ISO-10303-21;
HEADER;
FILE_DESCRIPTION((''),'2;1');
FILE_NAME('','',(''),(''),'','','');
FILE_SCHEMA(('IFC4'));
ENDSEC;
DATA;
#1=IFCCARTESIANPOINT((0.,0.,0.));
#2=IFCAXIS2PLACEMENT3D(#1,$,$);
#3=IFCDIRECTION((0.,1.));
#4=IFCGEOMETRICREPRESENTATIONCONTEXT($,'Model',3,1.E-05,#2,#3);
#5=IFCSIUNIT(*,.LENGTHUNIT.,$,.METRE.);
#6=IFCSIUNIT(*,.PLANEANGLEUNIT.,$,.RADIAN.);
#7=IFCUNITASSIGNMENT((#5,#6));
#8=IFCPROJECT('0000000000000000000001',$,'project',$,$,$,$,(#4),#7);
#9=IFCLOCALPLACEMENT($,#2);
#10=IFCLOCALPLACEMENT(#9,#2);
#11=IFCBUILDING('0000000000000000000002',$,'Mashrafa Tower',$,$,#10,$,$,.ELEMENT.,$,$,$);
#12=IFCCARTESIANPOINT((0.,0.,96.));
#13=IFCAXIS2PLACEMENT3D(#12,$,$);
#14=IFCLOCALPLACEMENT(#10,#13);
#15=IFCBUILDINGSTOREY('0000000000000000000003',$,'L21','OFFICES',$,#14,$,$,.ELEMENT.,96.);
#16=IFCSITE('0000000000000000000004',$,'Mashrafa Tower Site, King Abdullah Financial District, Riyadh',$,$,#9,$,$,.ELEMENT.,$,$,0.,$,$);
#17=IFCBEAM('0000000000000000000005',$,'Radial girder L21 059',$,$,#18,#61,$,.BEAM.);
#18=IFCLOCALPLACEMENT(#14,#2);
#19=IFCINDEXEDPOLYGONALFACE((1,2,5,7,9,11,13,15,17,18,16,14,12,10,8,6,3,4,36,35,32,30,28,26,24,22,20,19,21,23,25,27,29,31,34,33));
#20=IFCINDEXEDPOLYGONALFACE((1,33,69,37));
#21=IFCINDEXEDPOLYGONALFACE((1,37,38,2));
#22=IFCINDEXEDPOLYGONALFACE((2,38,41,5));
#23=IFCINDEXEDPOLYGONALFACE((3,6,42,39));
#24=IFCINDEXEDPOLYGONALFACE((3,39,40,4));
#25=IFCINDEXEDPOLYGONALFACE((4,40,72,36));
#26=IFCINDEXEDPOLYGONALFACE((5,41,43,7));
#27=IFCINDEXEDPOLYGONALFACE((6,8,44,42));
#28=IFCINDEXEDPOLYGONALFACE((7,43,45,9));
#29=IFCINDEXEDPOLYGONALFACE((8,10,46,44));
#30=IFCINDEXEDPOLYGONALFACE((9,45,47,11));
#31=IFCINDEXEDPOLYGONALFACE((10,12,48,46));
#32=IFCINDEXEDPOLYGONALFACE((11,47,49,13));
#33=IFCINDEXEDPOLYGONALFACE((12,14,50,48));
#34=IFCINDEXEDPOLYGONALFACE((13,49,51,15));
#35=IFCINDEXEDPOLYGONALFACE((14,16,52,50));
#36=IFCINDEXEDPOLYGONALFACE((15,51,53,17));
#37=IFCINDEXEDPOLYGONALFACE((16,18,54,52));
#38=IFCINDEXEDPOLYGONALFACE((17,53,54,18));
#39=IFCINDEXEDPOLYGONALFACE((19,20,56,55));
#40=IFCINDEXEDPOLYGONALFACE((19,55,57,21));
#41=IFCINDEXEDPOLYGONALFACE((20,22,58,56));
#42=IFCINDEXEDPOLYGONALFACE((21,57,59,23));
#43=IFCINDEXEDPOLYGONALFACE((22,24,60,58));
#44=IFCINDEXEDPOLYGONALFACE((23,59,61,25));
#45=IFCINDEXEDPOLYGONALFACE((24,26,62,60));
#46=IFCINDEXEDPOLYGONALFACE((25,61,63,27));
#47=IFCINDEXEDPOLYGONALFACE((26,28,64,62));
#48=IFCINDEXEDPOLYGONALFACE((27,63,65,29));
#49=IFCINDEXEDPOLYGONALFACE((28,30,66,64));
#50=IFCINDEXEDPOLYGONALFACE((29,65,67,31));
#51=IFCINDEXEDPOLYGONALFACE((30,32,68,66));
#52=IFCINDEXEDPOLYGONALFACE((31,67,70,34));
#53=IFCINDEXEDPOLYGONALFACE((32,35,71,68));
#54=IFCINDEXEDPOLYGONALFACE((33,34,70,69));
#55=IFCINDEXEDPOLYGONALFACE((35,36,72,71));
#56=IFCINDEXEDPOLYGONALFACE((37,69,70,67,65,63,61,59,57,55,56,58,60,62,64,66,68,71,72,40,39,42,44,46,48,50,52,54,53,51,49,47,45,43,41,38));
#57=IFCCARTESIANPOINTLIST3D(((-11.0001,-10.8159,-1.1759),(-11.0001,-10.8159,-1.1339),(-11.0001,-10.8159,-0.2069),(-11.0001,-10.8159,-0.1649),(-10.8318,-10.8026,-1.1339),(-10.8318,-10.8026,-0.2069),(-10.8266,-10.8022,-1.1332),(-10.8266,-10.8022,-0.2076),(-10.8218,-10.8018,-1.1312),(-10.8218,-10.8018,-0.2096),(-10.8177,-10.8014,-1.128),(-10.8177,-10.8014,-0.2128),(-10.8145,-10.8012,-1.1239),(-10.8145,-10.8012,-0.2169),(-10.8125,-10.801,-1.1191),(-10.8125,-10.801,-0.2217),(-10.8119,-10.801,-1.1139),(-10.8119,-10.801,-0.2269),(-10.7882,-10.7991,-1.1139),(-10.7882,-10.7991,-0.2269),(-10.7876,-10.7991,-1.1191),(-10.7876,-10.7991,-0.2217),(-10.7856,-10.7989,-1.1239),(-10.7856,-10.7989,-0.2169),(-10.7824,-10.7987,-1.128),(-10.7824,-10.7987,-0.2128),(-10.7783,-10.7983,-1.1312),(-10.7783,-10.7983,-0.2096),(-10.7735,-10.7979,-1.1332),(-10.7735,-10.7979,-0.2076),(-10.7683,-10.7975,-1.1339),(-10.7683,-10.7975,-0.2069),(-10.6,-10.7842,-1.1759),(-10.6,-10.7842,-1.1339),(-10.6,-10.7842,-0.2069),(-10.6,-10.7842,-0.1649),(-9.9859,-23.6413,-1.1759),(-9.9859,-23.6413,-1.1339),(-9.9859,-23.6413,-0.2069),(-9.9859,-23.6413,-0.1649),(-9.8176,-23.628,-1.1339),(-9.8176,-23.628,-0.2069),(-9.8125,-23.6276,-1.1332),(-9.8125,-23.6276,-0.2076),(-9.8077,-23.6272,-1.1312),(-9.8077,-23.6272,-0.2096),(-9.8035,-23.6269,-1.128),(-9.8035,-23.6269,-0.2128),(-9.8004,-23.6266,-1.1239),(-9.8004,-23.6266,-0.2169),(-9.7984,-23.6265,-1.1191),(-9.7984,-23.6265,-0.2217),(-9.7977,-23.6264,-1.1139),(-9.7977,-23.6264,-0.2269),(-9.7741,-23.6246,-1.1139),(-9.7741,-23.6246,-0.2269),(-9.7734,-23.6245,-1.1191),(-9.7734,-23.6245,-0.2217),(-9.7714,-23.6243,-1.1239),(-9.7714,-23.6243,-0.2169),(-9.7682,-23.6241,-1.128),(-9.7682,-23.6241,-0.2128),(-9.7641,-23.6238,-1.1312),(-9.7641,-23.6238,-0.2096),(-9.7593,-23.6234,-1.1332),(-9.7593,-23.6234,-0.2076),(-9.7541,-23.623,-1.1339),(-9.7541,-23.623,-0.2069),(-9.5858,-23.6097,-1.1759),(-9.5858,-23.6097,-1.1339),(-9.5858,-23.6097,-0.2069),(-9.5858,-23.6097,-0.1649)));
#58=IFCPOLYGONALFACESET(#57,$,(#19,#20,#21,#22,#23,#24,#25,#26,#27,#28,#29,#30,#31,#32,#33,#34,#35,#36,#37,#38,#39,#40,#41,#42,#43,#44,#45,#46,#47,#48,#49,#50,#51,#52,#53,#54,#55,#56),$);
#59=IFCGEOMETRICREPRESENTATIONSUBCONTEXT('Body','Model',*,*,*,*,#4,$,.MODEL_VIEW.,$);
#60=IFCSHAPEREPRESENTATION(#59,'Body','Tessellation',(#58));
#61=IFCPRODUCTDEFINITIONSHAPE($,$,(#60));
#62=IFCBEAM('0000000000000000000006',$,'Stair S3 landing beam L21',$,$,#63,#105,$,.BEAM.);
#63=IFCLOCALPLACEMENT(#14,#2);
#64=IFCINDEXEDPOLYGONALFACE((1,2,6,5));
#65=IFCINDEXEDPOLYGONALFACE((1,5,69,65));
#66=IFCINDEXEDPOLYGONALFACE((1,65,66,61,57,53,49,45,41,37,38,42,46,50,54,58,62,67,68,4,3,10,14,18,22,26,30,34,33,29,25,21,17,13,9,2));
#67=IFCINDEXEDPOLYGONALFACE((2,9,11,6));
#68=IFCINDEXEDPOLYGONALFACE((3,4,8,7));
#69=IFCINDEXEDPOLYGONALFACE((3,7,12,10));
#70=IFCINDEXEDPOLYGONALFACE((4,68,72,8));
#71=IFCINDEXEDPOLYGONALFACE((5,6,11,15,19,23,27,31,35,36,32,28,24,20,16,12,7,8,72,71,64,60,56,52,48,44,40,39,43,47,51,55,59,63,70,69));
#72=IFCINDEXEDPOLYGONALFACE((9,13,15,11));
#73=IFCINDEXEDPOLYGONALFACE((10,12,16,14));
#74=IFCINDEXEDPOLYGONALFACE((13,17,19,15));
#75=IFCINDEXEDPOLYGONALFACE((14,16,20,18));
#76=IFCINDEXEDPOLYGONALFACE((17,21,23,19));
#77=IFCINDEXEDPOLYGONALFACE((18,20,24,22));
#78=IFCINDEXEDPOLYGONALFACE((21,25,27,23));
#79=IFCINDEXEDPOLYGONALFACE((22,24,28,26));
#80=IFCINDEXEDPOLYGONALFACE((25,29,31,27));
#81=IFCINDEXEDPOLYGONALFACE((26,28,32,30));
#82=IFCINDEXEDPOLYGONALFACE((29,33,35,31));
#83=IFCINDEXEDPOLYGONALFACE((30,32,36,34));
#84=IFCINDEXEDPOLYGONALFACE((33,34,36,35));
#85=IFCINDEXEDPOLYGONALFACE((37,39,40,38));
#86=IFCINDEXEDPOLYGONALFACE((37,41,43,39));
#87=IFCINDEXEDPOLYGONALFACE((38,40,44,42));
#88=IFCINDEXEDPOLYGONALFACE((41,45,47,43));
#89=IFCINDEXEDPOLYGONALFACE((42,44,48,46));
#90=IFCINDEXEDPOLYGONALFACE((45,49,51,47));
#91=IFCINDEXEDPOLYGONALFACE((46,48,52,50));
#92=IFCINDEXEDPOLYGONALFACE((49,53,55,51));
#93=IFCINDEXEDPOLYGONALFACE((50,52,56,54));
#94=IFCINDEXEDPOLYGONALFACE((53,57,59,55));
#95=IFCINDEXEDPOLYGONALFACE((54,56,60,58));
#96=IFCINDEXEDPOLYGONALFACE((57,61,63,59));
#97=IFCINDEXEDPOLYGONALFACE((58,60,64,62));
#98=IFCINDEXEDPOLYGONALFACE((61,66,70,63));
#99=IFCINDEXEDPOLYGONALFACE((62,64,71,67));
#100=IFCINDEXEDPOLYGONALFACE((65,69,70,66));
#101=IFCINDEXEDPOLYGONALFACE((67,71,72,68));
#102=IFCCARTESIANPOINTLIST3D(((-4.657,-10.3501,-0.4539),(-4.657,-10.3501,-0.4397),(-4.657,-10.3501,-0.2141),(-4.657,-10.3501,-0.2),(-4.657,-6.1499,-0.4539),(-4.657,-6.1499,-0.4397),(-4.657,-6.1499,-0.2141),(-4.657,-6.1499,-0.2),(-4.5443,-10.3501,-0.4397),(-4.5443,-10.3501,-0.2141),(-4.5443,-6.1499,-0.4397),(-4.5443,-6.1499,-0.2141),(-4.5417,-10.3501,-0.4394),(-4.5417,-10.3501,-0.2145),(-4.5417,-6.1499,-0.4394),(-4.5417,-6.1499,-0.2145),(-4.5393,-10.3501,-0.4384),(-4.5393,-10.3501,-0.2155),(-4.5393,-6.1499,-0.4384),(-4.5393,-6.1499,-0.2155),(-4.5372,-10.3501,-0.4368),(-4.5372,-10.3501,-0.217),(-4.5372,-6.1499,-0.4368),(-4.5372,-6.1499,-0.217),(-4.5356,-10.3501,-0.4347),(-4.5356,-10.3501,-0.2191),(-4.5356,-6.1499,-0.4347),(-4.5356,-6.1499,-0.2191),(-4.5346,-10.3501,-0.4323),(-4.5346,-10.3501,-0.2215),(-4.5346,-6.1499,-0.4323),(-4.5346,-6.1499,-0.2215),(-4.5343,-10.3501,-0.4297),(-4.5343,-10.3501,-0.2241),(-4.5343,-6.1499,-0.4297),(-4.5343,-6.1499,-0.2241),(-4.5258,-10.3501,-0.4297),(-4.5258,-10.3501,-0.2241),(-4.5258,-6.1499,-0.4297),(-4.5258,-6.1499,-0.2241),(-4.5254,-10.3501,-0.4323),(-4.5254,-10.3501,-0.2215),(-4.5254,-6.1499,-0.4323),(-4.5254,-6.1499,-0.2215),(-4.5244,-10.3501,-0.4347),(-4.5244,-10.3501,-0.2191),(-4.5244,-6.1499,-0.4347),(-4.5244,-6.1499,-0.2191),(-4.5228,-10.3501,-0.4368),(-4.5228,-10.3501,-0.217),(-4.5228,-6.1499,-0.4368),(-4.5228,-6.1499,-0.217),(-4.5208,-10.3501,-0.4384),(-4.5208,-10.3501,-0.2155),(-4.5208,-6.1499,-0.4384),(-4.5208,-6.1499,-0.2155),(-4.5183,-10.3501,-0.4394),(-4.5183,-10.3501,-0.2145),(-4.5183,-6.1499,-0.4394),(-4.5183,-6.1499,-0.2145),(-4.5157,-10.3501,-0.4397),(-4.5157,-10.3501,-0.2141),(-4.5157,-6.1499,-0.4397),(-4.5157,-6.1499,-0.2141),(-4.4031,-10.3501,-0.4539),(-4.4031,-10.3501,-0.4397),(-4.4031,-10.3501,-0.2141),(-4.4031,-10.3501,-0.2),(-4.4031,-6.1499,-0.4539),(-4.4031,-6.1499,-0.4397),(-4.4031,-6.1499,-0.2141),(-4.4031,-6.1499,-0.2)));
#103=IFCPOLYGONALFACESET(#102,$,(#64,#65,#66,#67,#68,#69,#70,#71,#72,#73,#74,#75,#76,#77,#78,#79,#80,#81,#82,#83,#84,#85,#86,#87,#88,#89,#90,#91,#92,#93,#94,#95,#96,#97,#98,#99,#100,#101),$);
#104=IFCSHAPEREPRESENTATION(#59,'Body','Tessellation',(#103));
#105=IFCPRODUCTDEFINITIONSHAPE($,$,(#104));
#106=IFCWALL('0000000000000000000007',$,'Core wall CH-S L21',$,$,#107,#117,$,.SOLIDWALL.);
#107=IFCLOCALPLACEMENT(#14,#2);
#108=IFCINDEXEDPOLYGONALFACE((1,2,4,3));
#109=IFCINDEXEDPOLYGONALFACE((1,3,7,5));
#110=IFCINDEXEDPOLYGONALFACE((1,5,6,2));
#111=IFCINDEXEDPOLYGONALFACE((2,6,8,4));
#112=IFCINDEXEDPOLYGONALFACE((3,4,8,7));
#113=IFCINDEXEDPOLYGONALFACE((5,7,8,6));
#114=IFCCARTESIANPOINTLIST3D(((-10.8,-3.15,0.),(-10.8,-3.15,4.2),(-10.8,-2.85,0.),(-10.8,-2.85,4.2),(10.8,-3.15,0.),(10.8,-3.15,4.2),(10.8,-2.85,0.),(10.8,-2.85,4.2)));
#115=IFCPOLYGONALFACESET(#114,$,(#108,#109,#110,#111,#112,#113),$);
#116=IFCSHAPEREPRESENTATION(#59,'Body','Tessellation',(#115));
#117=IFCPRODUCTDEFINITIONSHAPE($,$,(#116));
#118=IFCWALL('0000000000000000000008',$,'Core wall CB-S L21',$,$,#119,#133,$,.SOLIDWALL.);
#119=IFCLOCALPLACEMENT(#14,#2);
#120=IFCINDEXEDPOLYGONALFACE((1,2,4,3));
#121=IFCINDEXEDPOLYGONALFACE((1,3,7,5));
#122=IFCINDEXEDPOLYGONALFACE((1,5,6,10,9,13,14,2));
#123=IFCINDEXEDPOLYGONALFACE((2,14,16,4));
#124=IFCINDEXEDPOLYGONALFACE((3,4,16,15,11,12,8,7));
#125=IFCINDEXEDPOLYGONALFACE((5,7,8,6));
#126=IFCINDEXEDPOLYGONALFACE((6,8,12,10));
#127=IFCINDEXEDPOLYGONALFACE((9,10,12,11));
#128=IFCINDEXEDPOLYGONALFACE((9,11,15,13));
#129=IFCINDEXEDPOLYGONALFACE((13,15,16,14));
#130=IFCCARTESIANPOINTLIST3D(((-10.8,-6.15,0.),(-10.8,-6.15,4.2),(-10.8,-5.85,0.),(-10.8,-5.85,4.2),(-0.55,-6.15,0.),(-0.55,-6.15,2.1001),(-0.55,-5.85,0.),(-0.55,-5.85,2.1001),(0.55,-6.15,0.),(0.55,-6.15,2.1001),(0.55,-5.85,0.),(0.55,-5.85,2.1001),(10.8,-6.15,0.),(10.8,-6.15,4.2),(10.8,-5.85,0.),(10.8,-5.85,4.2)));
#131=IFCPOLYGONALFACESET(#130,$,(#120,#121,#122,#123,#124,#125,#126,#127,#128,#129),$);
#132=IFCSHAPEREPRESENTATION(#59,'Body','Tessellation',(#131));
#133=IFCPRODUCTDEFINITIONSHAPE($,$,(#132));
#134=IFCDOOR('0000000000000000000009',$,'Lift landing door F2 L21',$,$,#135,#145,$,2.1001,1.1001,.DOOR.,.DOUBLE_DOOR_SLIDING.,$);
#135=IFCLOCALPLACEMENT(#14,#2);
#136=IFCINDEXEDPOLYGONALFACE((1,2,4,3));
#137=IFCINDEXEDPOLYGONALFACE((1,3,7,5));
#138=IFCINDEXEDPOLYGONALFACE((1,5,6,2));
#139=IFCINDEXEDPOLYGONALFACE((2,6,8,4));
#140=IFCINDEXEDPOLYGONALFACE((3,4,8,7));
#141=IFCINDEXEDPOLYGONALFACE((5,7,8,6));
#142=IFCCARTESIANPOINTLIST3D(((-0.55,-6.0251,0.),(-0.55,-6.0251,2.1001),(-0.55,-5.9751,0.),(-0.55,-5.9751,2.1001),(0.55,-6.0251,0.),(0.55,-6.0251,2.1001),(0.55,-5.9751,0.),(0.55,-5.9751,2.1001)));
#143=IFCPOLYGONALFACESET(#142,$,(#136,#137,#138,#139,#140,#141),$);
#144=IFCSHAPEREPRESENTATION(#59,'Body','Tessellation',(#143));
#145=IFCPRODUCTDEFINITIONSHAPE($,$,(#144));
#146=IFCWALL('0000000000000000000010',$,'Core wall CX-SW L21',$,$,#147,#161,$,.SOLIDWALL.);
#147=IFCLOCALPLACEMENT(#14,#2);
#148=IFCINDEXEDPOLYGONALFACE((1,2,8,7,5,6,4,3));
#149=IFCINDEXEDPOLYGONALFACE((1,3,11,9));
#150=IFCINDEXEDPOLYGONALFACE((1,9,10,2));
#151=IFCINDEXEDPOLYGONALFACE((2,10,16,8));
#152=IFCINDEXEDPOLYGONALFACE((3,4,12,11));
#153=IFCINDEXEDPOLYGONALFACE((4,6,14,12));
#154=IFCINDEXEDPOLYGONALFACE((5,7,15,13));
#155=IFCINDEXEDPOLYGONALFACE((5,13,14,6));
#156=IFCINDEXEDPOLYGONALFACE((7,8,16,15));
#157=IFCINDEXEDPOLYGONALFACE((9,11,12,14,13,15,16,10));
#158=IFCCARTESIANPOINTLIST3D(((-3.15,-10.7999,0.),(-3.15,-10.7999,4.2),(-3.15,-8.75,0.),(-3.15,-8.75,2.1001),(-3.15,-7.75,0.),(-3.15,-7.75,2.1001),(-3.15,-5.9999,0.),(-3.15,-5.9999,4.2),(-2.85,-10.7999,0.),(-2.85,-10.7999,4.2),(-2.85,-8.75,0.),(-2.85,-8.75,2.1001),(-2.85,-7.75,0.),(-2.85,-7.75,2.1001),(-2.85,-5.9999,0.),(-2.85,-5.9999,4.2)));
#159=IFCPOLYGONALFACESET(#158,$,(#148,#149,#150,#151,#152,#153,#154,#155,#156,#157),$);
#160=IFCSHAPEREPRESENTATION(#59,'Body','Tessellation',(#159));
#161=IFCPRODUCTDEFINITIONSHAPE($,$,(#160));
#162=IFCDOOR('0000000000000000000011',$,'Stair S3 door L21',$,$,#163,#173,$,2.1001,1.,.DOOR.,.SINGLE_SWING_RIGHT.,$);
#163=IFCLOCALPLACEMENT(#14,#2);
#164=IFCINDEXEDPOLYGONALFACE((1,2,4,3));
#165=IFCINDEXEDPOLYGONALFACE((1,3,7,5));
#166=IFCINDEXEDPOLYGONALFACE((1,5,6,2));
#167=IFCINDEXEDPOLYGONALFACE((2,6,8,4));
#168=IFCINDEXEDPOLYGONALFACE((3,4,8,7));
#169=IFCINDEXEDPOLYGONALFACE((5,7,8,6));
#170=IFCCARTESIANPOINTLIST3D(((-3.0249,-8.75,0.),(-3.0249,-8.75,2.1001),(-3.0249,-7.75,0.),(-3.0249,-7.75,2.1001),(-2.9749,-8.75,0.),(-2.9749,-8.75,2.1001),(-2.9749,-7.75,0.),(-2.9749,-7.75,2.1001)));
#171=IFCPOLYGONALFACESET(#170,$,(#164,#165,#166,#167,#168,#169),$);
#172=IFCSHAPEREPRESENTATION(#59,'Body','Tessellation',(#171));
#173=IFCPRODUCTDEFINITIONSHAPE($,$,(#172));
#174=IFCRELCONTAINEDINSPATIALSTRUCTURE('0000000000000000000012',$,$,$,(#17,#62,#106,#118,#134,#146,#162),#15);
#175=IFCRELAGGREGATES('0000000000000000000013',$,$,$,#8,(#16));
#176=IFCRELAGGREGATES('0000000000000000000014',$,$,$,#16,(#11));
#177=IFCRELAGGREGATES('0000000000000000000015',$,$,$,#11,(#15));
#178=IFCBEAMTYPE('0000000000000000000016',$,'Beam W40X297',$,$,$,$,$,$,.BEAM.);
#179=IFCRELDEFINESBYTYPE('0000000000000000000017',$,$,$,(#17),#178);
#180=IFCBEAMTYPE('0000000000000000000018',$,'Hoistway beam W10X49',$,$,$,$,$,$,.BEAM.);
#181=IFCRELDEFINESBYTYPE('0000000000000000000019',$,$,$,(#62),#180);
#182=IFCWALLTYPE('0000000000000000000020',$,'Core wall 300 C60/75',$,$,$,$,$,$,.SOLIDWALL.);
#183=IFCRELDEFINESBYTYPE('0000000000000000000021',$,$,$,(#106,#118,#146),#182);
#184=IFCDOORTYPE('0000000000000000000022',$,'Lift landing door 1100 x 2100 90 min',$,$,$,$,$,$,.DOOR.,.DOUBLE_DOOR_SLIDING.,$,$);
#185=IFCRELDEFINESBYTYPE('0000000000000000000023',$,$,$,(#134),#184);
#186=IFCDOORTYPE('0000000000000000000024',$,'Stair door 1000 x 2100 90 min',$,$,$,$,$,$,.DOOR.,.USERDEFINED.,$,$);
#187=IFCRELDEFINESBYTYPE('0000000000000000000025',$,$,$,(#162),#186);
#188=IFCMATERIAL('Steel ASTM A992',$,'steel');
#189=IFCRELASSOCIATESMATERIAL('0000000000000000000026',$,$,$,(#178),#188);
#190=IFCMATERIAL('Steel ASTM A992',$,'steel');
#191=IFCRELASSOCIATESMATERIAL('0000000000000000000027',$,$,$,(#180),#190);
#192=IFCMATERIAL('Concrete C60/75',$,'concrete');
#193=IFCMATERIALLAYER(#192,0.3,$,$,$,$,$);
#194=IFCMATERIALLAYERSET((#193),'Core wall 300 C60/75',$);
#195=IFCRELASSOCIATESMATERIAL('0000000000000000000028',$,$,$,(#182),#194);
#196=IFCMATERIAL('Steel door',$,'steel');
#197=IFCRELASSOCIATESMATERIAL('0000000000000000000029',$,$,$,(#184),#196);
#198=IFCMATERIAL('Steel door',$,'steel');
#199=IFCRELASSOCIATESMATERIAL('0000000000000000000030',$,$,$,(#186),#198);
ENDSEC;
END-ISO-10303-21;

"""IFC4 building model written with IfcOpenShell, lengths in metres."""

from ifc_helpers import new_model, si_unit, direction, frame, frame_2d, origin, origin_2d, place, context, subcontext, project, spatial, rectangle, i_section, extrude, material, layer, layer_set, material_profile, profile_set, type_object, element, fill, save


model = new_model("IFC4")

# Units and contexts
model_context = context("Model", 3, precision=1e-05, world=origin(), true_north=direction((0.0, 1.0)))
body_context = subcontext(model_context, "Body", "Model", "MODEL_VIEW")
ifc_project = project(units=[si_unit("LENGTHUNIT", "METRE"), si_unit("PLANEANGLEUNIT", "RADIAN")], contexts=[model_context])

# Site, building, storey
site_placement = place(None, origin())
site = spatial("IfcSite", under=ifc_project, at=site_placement, Name="Mashrafa Tower Site, King Abdullah Financial District, Riyadh", CompositionType="ELEMENT", RefElevation=0.0)
building_placement = place(site_placement, origin())
building = spatial("IfcBuilding", under=site, at=building_placement, Name="Mashrafa Tower", CompositionType="ELEMENT")
storey_placement = place(building_placement, frame((0.0, 0.0, 96.0)))
storey = spatial("IfcBuildingStorey", under=building, at=storey_placement, Name="L21", Description="OFFICES", CompositionType="ELEMENT", Elevation=96.0)

# Beams
ifc_material_1 = material(Name="Steel ASTM A992", Category="steel")
ifc_material_profile_1 = material_profile(ifc_material_1, i_section(OverallWidth=0.4014, OverallDepth=1.011, WebThickness=0.0237, FlangeThickness=0.042, FilletRadius=0.02, at=origin_2d()), Name="W40X297")
ifc_profile_set_1 = profile_set([ifc_material_profile_1], Name="Steel ASTM A992")
beam_type_1 = type_object("IfcBeamType", Name="Beam W40X297", PredefinedType="BEAM", material=ifc_profile_set_1)
beam_1_placement = place(storey_placement, frame((-10.8, -10.8, -0.6704), z_axis=(0.078828, -0.996888, 0.0), x_axis=(0.996888, 0.078828, 0.0)))
element("IfcBeam", 1, at=beam_1_placement, inside=storey, type_object=beam_type_1, Name="Radial girder L21 059", PredefinedType="BEAM", context=body_context, shape_type="SweptSolid", body=[
    extrude(i_section(OverallWidth=0.4014, OverallDepth=1.011, WebThickness=0.0237, FlangeThickness=0.042, FilletRadius=0.02, at=origin_2d()), origin(), (0.0, 0.0, 1.0), 12.8655),
])
ifc_material_2 = material(Name="Steel ASTM A992", Category="steel")
ifc_material_profile_2 = material_profile(ifc_material_2, i_section(OverallWidth=0.2539, OverallDepth=0.2539, WebThickness=0.0085, FlangeThickness=0.0142, FilletRadius=0.01, at=origin_2d()), Name="W10X49")
ifc_profile_set_2 = profile_set([ifc_material_profile_2], Name="Steel ASTM A992")
beam_type_2 = type_object("IfcBeamType", Name="Hoistway beam W10X49", PredefinedType="BEAM", material=ifc_profile_set_2)
beam_2_placement = place(storey_placement, frame((-4.53, -10.3501, -0.3269), z_axis=(0.0, 1.0, 0.0), x_axis=(-1.0, 0.0, 0.0)))
element("IfcBeam", 2, at=beam_2_placement, inside=storey, type_object=beam_type_2, Name="Stair S3 landing beam L21", PredefinedType="BEAM", context=body_context, shape_type="SweptSolid", body=[
    extrude(i_section(OverallWidth=0.2539, OverallDepth=0.2539, WebThickness=0.0085, FlangeThickness=0.0142, FilletRadius=0.01, at=origin_2d()), origin(), (0.0, 0.0, 1.0), 4.2002),
])

# Wall
ifc_material_3 = material(Name="Concrete C60/75", Category="concrete")
ifc_layer_1 = layer(ifc_material_3, 0.3)
ifc_layer_set_1 = layer_set([ifc_layer_1], Name="Core wall 300 C60/75")
wall_type_1 = type_object("IfcWallType", Name="Core wall 300 C60/75", PredefinedType="SOLIDWALL", material=ifc_layer_set_1)
wall_1_placement = place(storey_placement, frame((-10.8, -3.0, 0.0), z_axis=(0.0, 0.0, 1.0), x_axis=(1.0, 0.0, 0.0)))
element("IfcWall", 3, at=wall_1_placement, inside=storey, type_object=wall_type_1, Name="Core wall CH-S L21", PredefinedType="SOLIDWALL", context=body_context, shape_type="SweptSolid", body=[
    extrude(rectangle(XDim=21.6001, YDim=0.3, at=frame_2d((10.8, 0.0))), origin(), (0.0, 0.0, 1.0), 4.2),
])

# Walls, openings, doors
wall_2_placement = place(storey_placement, frame((-10.8, -6.0, 0.0), z_axis=(0.0, 0.0, 1.0), x_axis=(1.0, 0.0, 0.0)))
wall_2 = element("IfcWall", 4, at=wall_2_placement, inside=storey, type_object=wall_type_1, Name="Core wall CB-S L21", PredefinedType="SOLIDWALL", context=body_context, shape_type="SweptSolid", body=[
    extrude(rectangle(XDim=21.6001, YDim=0.3, at=frame_2d((10.8, 0.0))), origin(), (0.0, 0.0, 1.0), 4.2),
])
opening_1_placement = place(wall_2_placement, frame((10.25, 0.0, 0.0)))
opening_1 = element("IfcOpeningElement", 5, at=opening_1_placement, cuts=wall_2, PredefinedType="OPENING", context=body_context, shape_type="SweptSolid", body=[
    extrude(rectangle(XDim=1.1001, YDim=2.1001, at=frame_2d((0.55, 1.05))), frame((0.0, 0.1599, 0.0), z_axis=(0.0, -1.0, 0.0), x_axis=(1.0, 0.0, 0.0)), (0.0, 0.0, 1.0), 0.3201),
])
ifc_material_4 = material(Name="Steel door", Category="steel")
door_type_1 = type_object("IfcDoorType", Name="Lift landing door 1100 x 2100 90 min", OperationType="DOUBLE_DOOR_SLIDING", PredefinedType="DOOR", material=ifc_material_4)
door_1_placement = place(opening_1_placement, origin())
door_1 = element("IfcDoor", 6, at=door_1_placement, inside=storey, type_object=door_type_1, Name="Lift landing door F2 L21", OperationType="DOUBLE_DOOR_SLIDING", OverallHeight=2.1001, OverallWidth=1.1001, PredefinedType="DOOR", context=body_context, shape_type="SweptSolid", body=[
    extrude(rectangle(XDim=1.1001, YDim=2.1001, at=frame_2d((0.55, 1.05))), frame((0.0, 0.0249, 0.0), z_axis=(0.0, -1.0, 0.0), x_axis=(1.0, 0.0, 0.0)), (0.0, 0.0, 1.0), 0.05),
])
fill(opening_1, door_1)
wall_3_placement = place(storey_placement, frame((-3.0, -6.0, 0.0), z_axis=(0.0, 0.0, 1.0), x_axis=(0.0, -1.0, 0.0)))
wall_3 = element("IfcWall", 7, at=wall_3_placement, inside=storey, type_object=wall_type_1, Name="Core wall CX-SW L21", PredefinedType="SOLIDWALL", context=body_context, shape_type="SweptSolid", body=[
    extrude(rectangle(XDim=4.8, YDim=0.3, at=frame_2d((2.3999, 0.0))), origin(), (0.0, 0.0, 1.0), 4.2),
])
opening_2_placement = place(wall_3_placement, frame((1.75, 0.0, 0.0)))
opening_2 = element("IfcOpeningElement", 8, at=opening_2_placement, cuts=wall_3, PredefinedType="OPENING", context=body_context, shape_type="SweptSolid", body=[
    extrude(rectangle(XDim=1.0, YDim=2.1001, at=frame_2d((0.5, 1.05))), frame((0.0, 0.1599, 0.0), z_axis=(0.0, -1.0, 0.0), x_axis=(1.0, 0.0, 0.0)), (0.0, 0.0, 1.0), 0.3201),
])
ifc_material_5 = material(Name="Steel door", Category="steel")
door_type_2 = type_object("IfcDoorType", Name="Stair door 1000 x 2100 90 min", OperationType="USERDEFINED", PredefinedType="DOOR", material=ifc_material_5)
door_2_placement = place(opening_2_placement, frame((1.0, 0.0, 0.0), z_axis=(0.0, 0.0, 1.0), x_axis=(-1.0, 0.0, 0.0)))
door_2 = element("IfcDoor", 9, at=door_2_placement, inside=storey, type_object=door_type_2, Name="Stair S3 door L21", OperationType="SINGLE_SWING_RIGHT", OverallHeight=2.1001, OverallWidth=1.0, PredefinedType="DOOR", context=body_context, shape_type="SweptSolid", body=[
    extrude(rectangle(XDim=1.0, YDim=2.1001, at=frame_2d((0.5, 1.05))), frame((0.0, 0.0249, 0.0), z_axis=(0.0, -1.0, 0.0), x_axis=(1.0, 0.0, 0.0)), (0.0, 0.0, 1.0), 0.05),
])
fill(opening_2, door_2)

save(model, "model.ifc")
